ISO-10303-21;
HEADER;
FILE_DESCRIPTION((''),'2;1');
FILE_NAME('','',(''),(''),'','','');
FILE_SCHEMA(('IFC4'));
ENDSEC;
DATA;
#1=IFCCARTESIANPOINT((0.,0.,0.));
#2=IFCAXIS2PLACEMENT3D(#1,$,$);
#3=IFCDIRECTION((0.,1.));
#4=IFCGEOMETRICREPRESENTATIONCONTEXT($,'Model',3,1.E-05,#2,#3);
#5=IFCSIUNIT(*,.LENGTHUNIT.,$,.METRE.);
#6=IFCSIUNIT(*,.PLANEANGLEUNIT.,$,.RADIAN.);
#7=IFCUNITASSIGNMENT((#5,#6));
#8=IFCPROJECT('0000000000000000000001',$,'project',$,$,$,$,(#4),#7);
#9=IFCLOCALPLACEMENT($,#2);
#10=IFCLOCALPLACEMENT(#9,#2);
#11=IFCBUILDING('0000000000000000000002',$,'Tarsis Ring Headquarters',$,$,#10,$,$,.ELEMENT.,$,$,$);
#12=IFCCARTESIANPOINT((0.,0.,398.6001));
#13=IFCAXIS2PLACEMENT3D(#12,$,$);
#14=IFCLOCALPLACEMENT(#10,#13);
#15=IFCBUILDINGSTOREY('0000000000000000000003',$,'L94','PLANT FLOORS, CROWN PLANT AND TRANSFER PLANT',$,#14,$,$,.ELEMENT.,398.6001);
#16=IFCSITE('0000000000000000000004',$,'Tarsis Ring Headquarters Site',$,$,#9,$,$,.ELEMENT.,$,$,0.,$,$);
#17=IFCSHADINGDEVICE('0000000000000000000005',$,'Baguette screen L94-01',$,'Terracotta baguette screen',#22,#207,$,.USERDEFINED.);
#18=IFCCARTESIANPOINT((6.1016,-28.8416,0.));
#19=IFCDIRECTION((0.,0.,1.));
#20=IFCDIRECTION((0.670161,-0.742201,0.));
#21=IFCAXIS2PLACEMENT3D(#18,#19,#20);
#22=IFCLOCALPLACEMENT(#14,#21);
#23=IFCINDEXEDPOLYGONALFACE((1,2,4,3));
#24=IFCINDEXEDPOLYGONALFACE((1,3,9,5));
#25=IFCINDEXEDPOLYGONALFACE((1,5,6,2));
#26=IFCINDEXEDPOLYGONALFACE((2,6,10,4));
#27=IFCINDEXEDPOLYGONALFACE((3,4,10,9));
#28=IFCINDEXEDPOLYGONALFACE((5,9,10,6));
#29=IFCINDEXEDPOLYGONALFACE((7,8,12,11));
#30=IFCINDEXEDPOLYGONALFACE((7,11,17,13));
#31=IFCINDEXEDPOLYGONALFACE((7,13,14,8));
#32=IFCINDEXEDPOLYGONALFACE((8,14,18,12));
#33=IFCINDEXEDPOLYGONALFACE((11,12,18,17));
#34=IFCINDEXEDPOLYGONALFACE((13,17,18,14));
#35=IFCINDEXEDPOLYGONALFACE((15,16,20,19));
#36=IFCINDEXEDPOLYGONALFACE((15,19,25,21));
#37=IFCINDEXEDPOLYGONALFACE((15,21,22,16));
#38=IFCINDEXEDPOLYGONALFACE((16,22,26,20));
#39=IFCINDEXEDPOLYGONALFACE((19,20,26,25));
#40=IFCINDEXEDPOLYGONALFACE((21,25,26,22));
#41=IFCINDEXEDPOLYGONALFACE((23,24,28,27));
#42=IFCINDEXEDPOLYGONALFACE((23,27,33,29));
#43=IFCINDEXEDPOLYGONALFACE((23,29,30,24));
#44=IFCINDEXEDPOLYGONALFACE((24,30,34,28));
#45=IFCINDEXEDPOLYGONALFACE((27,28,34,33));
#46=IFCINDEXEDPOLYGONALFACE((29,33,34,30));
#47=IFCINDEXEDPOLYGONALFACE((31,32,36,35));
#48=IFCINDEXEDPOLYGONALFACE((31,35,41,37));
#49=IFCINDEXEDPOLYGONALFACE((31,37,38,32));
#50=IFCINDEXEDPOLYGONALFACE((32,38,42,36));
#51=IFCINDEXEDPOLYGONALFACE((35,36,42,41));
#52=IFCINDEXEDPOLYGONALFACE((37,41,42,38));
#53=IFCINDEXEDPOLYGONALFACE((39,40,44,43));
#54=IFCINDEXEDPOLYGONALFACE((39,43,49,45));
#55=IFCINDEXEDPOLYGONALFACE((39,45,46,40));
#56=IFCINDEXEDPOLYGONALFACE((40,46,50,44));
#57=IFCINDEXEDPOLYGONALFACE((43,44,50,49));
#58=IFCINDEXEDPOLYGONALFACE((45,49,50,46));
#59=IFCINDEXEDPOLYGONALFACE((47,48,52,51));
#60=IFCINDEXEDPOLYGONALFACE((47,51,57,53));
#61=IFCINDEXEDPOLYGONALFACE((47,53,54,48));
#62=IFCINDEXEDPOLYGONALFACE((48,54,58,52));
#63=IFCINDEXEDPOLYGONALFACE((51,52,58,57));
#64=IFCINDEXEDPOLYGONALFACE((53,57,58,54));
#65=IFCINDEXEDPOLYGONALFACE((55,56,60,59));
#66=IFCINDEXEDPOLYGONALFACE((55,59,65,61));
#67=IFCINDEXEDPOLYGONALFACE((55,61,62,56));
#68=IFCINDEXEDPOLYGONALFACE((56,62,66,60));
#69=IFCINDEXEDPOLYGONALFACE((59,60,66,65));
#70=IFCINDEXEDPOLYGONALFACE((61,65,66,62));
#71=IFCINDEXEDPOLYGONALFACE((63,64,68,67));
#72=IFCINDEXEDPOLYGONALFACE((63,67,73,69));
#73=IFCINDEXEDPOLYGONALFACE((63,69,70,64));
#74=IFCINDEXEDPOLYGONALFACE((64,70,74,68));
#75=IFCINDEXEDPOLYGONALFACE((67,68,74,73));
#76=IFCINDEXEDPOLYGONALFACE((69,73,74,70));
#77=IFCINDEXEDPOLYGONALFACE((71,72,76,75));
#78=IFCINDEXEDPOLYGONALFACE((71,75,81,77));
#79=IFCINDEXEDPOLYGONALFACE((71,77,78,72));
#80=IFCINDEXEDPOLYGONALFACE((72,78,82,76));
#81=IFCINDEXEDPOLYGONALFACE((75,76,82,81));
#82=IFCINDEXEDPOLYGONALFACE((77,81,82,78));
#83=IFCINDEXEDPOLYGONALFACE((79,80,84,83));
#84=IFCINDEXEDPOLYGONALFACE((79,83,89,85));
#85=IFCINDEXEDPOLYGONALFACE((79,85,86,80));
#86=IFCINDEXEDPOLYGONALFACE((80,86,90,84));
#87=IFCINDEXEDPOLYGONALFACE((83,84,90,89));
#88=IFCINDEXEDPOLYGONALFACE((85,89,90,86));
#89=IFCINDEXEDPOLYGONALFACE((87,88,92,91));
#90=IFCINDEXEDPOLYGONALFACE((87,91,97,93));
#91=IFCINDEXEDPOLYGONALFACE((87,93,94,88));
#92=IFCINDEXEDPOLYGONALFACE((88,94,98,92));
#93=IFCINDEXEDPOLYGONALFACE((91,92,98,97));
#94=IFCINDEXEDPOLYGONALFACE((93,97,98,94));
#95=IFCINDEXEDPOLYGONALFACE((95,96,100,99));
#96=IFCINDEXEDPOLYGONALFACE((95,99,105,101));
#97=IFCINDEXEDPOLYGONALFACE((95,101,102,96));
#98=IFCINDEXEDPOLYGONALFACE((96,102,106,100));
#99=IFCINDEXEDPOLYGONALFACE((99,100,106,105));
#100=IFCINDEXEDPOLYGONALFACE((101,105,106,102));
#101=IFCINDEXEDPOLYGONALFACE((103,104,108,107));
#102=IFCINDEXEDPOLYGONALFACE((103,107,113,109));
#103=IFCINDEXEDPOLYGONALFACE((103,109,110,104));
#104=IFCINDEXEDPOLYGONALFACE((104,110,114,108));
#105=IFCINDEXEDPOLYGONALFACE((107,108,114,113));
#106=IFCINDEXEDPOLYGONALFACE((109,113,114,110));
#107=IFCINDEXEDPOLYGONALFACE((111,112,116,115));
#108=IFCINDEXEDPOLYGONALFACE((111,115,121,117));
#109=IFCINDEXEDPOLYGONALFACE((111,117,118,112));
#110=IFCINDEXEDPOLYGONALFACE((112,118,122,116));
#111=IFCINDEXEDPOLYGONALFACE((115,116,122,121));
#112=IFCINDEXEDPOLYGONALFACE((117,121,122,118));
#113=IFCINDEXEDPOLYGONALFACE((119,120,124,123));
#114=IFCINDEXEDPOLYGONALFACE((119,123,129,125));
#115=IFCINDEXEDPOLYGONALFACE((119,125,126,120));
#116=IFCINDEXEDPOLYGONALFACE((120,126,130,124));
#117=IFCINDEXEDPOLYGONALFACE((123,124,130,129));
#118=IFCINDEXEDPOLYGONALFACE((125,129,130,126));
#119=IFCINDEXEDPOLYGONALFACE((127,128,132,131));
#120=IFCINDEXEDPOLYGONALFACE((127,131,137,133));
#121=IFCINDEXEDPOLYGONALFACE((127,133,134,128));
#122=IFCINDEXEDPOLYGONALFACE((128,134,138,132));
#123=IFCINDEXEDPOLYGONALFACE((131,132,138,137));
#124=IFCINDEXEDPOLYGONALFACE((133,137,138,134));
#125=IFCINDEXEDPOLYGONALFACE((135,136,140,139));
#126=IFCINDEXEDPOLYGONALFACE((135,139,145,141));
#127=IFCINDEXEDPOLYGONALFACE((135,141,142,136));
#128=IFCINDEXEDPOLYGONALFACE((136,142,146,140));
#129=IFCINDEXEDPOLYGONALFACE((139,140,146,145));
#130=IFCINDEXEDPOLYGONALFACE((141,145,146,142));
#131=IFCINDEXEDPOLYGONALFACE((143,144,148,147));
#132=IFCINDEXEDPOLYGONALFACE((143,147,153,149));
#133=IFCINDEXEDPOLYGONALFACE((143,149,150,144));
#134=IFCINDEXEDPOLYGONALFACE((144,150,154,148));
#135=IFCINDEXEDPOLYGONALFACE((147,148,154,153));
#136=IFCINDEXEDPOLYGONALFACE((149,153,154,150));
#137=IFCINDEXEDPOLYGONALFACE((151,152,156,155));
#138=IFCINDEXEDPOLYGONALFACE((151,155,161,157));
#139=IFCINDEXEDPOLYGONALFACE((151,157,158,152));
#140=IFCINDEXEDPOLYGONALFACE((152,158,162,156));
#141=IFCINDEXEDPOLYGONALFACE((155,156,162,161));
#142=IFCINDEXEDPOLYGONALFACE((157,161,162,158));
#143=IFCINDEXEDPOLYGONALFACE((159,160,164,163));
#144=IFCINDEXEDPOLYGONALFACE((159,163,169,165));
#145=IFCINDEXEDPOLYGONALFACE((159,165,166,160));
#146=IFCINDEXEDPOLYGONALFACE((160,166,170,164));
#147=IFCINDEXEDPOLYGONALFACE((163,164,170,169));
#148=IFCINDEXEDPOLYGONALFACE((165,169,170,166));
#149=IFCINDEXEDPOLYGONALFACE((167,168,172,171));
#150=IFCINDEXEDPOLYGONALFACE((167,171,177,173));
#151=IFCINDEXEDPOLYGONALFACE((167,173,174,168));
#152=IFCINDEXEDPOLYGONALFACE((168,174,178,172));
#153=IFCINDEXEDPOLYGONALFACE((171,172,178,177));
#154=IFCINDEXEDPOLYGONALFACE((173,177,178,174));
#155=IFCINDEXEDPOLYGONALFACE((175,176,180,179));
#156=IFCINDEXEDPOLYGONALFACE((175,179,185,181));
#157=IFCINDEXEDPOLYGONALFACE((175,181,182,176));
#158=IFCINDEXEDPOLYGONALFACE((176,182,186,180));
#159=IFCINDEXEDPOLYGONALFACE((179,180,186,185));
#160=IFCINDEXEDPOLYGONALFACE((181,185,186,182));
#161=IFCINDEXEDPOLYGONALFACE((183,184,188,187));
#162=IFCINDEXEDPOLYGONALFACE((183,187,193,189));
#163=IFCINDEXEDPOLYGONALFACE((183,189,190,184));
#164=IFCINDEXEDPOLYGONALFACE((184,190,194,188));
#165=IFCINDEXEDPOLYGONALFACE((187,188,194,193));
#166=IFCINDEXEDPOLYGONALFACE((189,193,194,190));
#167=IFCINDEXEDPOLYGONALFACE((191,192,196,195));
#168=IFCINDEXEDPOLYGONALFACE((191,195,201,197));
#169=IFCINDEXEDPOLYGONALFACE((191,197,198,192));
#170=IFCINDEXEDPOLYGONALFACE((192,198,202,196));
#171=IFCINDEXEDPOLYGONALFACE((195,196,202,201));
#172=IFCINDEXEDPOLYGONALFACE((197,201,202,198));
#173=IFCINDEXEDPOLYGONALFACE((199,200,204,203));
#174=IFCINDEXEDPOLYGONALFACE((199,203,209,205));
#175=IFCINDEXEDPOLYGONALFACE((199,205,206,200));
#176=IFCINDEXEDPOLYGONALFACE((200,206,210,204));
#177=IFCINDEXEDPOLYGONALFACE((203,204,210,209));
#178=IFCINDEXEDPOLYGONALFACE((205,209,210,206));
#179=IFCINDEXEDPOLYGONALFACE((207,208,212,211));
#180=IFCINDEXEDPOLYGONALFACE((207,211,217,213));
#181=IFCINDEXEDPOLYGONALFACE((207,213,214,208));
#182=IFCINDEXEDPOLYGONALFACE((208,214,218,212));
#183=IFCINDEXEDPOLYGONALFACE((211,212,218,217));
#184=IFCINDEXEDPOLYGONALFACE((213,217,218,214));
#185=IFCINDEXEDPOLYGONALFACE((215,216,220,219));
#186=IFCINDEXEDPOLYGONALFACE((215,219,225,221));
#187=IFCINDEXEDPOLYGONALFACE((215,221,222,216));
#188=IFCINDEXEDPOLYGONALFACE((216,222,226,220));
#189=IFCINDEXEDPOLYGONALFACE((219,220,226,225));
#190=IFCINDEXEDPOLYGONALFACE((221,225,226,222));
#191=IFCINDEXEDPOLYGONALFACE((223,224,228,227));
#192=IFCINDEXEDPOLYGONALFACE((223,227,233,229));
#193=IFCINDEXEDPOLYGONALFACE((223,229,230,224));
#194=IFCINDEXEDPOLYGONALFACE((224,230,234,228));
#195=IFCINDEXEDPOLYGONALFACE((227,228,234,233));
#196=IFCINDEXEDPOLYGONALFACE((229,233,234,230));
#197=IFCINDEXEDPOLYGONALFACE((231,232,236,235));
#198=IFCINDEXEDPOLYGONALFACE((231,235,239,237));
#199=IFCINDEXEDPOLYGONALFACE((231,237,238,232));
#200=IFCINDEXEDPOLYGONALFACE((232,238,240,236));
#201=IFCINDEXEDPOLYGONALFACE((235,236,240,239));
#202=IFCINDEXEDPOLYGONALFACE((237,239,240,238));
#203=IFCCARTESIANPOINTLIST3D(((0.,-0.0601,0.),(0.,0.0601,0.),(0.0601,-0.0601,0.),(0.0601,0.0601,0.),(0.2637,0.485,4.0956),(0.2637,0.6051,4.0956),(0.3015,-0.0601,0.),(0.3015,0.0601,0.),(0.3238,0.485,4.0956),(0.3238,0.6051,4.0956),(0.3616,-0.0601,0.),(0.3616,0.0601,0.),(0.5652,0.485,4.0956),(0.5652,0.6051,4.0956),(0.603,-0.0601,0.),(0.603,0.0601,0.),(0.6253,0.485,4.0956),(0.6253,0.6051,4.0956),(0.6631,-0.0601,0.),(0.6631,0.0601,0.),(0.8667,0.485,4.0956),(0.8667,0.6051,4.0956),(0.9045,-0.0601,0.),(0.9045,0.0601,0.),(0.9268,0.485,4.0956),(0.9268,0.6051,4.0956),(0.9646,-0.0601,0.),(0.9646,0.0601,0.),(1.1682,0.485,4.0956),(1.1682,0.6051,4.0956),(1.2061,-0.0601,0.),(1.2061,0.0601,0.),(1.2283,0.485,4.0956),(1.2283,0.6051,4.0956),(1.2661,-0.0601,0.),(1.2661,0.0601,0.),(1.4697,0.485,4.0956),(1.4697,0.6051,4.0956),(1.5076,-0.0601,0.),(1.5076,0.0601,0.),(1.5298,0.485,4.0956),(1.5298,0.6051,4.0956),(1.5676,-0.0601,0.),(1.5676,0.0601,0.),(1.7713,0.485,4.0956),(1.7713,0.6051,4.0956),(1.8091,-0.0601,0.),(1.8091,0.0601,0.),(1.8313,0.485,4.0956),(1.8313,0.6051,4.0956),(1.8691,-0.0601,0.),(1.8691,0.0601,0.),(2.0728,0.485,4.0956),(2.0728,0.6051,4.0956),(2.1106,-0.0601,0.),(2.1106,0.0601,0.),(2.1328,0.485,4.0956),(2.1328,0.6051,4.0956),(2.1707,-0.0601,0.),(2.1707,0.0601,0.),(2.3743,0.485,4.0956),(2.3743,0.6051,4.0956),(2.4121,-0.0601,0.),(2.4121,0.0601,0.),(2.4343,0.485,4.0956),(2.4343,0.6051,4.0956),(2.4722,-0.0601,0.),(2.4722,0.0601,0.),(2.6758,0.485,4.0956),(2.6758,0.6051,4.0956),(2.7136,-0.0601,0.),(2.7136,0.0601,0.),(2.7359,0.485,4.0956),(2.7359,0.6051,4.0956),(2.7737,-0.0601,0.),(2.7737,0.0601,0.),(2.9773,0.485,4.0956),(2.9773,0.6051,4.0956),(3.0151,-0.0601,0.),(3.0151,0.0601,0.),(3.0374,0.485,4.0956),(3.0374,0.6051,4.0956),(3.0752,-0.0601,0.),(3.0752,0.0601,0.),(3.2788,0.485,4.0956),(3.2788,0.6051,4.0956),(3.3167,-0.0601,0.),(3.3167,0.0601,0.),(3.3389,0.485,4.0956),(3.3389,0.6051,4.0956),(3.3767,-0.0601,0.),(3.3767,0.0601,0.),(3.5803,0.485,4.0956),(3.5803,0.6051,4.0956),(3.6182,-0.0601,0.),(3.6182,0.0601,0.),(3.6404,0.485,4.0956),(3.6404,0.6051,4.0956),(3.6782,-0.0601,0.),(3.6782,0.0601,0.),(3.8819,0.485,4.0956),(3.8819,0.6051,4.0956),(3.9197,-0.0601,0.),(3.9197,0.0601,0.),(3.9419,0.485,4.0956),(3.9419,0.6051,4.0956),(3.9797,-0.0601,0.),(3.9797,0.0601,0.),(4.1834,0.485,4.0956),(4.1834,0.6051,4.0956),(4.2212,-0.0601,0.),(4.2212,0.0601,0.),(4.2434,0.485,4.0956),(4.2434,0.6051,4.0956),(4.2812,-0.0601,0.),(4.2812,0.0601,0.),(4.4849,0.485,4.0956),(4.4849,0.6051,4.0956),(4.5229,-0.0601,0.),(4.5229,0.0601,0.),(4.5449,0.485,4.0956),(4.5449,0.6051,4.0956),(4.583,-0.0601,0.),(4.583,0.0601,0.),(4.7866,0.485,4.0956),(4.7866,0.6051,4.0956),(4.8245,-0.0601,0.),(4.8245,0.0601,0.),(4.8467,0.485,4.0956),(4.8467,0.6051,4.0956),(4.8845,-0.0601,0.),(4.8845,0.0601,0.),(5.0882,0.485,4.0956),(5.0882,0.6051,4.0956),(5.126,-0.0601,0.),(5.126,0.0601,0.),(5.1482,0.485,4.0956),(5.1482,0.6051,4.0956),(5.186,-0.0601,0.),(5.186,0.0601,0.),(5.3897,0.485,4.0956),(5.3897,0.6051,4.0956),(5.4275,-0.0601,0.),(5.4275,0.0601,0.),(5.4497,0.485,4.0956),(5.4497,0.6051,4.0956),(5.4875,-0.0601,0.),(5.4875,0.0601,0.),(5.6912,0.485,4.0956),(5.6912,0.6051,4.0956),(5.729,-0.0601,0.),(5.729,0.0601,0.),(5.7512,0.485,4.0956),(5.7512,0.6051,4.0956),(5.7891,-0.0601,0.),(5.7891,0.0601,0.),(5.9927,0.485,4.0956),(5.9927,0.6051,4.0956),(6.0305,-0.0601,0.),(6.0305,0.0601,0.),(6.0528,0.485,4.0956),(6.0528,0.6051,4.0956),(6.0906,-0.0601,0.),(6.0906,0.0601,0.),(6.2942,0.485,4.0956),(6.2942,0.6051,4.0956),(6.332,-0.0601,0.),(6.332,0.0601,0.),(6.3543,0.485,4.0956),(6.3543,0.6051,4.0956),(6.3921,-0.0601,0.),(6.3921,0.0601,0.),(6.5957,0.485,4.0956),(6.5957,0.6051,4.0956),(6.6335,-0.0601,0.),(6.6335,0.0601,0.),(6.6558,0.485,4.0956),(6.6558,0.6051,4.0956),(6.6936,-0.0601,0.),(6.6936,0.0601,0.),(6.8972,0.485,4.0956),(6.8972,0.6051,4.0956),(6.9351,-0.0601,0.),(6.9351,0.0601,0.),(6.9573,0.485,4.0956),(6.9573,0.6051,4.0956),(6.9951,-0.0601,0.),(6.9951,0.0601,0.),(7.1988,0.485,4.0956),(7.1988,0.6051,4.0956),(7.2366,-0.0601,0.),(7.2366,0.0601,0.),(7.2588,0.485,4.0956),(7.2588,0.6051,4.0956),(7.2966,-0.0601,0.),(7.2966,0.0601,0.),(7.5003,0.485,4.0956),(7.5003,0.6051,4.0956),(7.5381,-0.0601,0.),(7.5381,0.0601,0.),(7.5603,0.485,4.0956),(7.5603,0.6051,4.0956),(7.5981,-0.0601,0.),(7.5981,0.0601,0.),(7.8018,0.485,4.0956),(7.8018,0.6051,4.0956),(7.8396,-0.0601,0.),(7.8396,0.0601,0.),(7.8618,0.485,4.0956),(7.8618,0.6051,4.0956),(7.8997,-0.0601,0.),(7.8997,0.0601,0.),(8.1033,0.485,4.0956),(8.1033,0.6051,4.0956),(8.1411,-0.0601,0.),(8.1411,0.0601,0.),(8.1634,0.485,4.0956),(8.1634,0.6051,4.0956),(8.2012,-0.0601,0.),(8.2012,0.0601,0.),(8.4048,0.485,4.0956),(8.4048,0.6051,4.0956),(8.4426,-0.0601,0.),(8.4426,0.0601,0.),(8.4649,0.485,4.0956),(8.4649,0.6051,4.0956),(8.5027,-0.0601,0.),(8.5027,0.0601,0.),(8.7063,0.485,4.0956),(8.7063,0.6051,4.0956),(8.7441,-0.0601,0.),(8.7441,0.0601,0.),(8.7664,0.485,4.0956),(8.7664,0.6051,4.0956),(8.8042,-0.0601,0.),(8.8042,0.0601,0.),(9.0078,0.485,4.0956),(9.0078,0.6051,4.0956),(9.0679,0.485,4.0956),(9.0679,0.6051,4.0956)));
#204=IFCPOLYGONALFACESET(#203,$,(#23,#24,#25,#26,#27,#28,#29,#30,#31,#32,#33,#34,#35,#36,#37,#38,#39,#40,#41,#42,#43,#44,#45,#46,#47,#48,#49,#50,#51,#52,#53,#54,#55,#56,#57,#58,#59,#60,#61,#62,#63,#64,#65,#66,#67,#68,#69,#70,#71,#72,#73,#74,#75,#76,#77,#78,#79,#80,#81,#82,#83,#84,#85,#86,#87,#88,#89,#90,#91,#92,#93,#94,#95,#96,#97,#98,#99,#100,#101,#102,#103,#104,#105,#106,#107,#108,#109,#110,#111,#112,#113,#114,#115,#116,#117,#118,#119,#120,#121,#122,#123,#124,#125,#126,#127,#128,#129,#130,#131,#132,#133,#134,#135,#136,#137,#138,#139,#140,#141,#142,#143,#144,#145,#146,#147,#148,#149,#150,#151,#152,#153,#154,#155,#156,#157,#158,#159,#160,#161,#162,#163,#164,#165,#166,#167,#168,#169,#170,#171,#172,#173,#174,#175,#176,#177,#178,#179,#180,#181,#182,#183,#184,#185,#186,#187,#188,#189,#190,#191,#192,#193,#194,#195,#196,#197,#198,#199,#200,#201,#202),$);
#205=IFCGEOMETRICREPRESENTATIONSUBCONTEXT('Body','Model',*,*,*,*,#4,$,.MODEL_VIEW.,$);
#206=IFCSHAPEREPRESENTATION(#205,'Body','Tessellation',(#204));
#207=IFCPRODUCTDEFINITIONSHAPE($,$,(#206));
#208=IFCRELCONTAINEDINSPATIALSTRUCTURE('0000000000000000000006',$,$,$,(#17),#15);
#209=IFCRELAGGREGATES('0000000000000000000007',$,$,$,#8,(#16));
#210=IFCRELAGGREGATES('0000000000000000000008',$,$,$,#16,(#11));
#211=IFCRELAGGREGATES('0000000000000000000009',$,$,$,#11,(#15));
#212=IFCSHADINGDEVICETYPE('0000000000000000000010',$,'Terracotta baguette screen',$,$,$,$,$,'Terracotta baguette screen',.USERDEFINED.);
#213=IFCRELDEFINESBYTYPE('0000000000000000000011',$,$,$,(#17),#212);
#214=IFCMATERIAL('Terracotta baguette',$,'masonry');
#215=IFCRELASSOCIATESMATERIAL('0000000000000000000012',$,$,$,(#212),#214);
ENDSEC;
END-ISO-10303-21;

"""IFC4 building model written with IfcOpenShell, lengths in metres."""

from ifc_helpers import new_model, si_unit, direction, frame, frame_2d, origin, place, context, subcontext, project, spatial, rectangle, composite_profile, extrude, material, type_object, element, save


model = new_model("IFC4")

# Units and contexts
model_context = context("Model", 3, precision=1e-05, world=origin(), true_north=direction((0.0, 1.0)))
body_context = subcontext(model_context, "Body", "Model", "MODEL_VIEW")
ifc_project = project(units=[si_unit("LENGTHUNIT", "METRE"), si_unit("PLANEANGLEUNIT", "RADIAN")], contexts=[model_context])

# Site, building, storey
site_placement = place(None, origin())
site = spatial("IfcSite", under=ifc_project, at=site_placement, Name="Tarsis Ring Headquarters Site", CompositionType="ELEMENT", RefElevation=0.0)
building_placement = place(site_placement, origin())
building = spatial("IfcBuilding", under=site, at=building_placement, Name="Tarsis Ring Headquarters", CompositionType="ELEMENT")
storey_placement = place(building_placement, frame((0.0, 0.0, 398.6001)))
storey = spatial("IfcBuildingStorey", under=building, at=storey_placement, Name="L94", Description="PLANT FLOORS, CROWN PLANT AND TRANSFER PLANT", CompositionType="ELEMENT", Elevation=398.6001)

# Shading device
ifc_material_1 = material(Name="Terracotta baguette", Category="masonry")
shading_device_type_1 = type_object("IfcShadingDeviceType", Name="Terracotta baguette screen", ElementType="Terracotta baguette screen", PredefinedType="USERDEFINED", material=ifc_material_1)
shading_device_1_placement = place(storey_placement, frame((6.1016, -28.8416, 0.0), z_axis=(0.0, 0.0, 1.0), x_axis=(0.670161, -0.742201, 0.0)))
element("IfcShadingDevice", 1, at=shading_device_1_placement, inside=storey, type_object=shading_device_type_1, Name="Baguette screen L94-01", ObjectType="Terracotta baguette screen", PredefinedType="USERDEFINED", context=body_context, shape_type="SweptSolid", body=[
    extrude(composite_profile([rectangle(XDim=0.0601, YDim=0.1201, at=frame_2d((0.03, 0.0))), rectangle(XDim=0.0601, YDim=0.1201, at=frame_2d((0.3315, 0.0))), rectangle(XDim=0.0601, YDim=0.1201, at=frame_2d((0.6331, 0.0))), rectangle(XDim=0.0601, YDim=0.1201, at=frame_2d((0.9346, 0.0))), rectangle(XDim=0.0601, YDim=0.1201, at=frame_2d((1.2361, 0.0))), rectangle(XDim=0.0601, YDim=0.1201, at=frame_2d((1.5376, 0.0))), rectangle(XDim=0.0601, YDim=0.1201, at=frame_2d((1.8391, 0.0))), rectangle(XDim=0.0601, YDim=0.1201, at=frame_2d((2.1406, 0.0))), rectangle(XDim=0.0601, YDim=0.1201, at=frame_2d((2.4421, 0.0))), rectangle(XDim=0.0601, YDim=0.1201, at=frame_2d((2.7437, 0.0))), rectangle(XDim=0.0601, YDim=0.1201, at=frame_2d((3.0452, 0.0))), rectangle(XDim=0.0601, YDim=0.1201, at=frame_2d((3.3467, 0.0))), rectangle(XDim=0.0601, YDim=0.1201, at=frame_2d((3.6482, 0.0))), rectangle(XDim=0.0601, YDim=0.1201, at=frame_2d((3.9497, 0.0))), rectangle(XDim=0.0601, YDim=0.1201, at=frame_2d((4.2512, 0.0))), rectangle(XDim=0.0601, YDim=0.1201, at=frame_2d((4.553, 0.0))), rectangle(XDim=0.0601, YDim=0.1201, at=frame_2d((4.8545, 0.0))), rectangle(XDim=0.0601, YDim=0.1201, at=frame_2d((5.156, 0.0))), rectangle(XDim=0.0601, YDim=0.1201, at=frame_2d((5.4575, 0.0))), rectangle(XDim=0.0601, YDim=0.1201, at=frame_2d((5.759, 0.0))), rectangle(XDim=0.0601, YDim=0.1201, at=frame_2d((6.0605, 0.0))), rectangle(XDim=0.0601, YDim=0.1201, at=frame_2d((6.3621, 0.0))), rectangle(XDim=0.0601, YDim=0.1201, at=frame_2d((6.6636, 0.0))), rectangle(XDim=0.0601, YDim=0.1201, at=frame_2d((6.9651, 0.0))), rectangle(XDim=0.0601, YDim=0.1201, at=frame_2d((7.2666, 0.0))), rectangle(XDim=0.0601, YDim=0.1201, at=frame_2d((7.5681, 0.0))), rectangle(XDim=0.0601, YDim=0.1201, at=frame_2d((7.8696, 0.0))), rectangle(XDim=0.0601, YDim=0.1201, at=frame_2d((8.1711, 0.0))), rectangle(XDim=0.0601, YDim=0.1201, at=frame_2d((8.4727, 0.0))), rectangle(XDim=0.0601, YDim=0.1201, at=frame_2d((8.7742, 0.0)))]), origin(), (0.063692, 0.131657, 0.989247), 4.1401),
])

save(model, "model.ifc")
